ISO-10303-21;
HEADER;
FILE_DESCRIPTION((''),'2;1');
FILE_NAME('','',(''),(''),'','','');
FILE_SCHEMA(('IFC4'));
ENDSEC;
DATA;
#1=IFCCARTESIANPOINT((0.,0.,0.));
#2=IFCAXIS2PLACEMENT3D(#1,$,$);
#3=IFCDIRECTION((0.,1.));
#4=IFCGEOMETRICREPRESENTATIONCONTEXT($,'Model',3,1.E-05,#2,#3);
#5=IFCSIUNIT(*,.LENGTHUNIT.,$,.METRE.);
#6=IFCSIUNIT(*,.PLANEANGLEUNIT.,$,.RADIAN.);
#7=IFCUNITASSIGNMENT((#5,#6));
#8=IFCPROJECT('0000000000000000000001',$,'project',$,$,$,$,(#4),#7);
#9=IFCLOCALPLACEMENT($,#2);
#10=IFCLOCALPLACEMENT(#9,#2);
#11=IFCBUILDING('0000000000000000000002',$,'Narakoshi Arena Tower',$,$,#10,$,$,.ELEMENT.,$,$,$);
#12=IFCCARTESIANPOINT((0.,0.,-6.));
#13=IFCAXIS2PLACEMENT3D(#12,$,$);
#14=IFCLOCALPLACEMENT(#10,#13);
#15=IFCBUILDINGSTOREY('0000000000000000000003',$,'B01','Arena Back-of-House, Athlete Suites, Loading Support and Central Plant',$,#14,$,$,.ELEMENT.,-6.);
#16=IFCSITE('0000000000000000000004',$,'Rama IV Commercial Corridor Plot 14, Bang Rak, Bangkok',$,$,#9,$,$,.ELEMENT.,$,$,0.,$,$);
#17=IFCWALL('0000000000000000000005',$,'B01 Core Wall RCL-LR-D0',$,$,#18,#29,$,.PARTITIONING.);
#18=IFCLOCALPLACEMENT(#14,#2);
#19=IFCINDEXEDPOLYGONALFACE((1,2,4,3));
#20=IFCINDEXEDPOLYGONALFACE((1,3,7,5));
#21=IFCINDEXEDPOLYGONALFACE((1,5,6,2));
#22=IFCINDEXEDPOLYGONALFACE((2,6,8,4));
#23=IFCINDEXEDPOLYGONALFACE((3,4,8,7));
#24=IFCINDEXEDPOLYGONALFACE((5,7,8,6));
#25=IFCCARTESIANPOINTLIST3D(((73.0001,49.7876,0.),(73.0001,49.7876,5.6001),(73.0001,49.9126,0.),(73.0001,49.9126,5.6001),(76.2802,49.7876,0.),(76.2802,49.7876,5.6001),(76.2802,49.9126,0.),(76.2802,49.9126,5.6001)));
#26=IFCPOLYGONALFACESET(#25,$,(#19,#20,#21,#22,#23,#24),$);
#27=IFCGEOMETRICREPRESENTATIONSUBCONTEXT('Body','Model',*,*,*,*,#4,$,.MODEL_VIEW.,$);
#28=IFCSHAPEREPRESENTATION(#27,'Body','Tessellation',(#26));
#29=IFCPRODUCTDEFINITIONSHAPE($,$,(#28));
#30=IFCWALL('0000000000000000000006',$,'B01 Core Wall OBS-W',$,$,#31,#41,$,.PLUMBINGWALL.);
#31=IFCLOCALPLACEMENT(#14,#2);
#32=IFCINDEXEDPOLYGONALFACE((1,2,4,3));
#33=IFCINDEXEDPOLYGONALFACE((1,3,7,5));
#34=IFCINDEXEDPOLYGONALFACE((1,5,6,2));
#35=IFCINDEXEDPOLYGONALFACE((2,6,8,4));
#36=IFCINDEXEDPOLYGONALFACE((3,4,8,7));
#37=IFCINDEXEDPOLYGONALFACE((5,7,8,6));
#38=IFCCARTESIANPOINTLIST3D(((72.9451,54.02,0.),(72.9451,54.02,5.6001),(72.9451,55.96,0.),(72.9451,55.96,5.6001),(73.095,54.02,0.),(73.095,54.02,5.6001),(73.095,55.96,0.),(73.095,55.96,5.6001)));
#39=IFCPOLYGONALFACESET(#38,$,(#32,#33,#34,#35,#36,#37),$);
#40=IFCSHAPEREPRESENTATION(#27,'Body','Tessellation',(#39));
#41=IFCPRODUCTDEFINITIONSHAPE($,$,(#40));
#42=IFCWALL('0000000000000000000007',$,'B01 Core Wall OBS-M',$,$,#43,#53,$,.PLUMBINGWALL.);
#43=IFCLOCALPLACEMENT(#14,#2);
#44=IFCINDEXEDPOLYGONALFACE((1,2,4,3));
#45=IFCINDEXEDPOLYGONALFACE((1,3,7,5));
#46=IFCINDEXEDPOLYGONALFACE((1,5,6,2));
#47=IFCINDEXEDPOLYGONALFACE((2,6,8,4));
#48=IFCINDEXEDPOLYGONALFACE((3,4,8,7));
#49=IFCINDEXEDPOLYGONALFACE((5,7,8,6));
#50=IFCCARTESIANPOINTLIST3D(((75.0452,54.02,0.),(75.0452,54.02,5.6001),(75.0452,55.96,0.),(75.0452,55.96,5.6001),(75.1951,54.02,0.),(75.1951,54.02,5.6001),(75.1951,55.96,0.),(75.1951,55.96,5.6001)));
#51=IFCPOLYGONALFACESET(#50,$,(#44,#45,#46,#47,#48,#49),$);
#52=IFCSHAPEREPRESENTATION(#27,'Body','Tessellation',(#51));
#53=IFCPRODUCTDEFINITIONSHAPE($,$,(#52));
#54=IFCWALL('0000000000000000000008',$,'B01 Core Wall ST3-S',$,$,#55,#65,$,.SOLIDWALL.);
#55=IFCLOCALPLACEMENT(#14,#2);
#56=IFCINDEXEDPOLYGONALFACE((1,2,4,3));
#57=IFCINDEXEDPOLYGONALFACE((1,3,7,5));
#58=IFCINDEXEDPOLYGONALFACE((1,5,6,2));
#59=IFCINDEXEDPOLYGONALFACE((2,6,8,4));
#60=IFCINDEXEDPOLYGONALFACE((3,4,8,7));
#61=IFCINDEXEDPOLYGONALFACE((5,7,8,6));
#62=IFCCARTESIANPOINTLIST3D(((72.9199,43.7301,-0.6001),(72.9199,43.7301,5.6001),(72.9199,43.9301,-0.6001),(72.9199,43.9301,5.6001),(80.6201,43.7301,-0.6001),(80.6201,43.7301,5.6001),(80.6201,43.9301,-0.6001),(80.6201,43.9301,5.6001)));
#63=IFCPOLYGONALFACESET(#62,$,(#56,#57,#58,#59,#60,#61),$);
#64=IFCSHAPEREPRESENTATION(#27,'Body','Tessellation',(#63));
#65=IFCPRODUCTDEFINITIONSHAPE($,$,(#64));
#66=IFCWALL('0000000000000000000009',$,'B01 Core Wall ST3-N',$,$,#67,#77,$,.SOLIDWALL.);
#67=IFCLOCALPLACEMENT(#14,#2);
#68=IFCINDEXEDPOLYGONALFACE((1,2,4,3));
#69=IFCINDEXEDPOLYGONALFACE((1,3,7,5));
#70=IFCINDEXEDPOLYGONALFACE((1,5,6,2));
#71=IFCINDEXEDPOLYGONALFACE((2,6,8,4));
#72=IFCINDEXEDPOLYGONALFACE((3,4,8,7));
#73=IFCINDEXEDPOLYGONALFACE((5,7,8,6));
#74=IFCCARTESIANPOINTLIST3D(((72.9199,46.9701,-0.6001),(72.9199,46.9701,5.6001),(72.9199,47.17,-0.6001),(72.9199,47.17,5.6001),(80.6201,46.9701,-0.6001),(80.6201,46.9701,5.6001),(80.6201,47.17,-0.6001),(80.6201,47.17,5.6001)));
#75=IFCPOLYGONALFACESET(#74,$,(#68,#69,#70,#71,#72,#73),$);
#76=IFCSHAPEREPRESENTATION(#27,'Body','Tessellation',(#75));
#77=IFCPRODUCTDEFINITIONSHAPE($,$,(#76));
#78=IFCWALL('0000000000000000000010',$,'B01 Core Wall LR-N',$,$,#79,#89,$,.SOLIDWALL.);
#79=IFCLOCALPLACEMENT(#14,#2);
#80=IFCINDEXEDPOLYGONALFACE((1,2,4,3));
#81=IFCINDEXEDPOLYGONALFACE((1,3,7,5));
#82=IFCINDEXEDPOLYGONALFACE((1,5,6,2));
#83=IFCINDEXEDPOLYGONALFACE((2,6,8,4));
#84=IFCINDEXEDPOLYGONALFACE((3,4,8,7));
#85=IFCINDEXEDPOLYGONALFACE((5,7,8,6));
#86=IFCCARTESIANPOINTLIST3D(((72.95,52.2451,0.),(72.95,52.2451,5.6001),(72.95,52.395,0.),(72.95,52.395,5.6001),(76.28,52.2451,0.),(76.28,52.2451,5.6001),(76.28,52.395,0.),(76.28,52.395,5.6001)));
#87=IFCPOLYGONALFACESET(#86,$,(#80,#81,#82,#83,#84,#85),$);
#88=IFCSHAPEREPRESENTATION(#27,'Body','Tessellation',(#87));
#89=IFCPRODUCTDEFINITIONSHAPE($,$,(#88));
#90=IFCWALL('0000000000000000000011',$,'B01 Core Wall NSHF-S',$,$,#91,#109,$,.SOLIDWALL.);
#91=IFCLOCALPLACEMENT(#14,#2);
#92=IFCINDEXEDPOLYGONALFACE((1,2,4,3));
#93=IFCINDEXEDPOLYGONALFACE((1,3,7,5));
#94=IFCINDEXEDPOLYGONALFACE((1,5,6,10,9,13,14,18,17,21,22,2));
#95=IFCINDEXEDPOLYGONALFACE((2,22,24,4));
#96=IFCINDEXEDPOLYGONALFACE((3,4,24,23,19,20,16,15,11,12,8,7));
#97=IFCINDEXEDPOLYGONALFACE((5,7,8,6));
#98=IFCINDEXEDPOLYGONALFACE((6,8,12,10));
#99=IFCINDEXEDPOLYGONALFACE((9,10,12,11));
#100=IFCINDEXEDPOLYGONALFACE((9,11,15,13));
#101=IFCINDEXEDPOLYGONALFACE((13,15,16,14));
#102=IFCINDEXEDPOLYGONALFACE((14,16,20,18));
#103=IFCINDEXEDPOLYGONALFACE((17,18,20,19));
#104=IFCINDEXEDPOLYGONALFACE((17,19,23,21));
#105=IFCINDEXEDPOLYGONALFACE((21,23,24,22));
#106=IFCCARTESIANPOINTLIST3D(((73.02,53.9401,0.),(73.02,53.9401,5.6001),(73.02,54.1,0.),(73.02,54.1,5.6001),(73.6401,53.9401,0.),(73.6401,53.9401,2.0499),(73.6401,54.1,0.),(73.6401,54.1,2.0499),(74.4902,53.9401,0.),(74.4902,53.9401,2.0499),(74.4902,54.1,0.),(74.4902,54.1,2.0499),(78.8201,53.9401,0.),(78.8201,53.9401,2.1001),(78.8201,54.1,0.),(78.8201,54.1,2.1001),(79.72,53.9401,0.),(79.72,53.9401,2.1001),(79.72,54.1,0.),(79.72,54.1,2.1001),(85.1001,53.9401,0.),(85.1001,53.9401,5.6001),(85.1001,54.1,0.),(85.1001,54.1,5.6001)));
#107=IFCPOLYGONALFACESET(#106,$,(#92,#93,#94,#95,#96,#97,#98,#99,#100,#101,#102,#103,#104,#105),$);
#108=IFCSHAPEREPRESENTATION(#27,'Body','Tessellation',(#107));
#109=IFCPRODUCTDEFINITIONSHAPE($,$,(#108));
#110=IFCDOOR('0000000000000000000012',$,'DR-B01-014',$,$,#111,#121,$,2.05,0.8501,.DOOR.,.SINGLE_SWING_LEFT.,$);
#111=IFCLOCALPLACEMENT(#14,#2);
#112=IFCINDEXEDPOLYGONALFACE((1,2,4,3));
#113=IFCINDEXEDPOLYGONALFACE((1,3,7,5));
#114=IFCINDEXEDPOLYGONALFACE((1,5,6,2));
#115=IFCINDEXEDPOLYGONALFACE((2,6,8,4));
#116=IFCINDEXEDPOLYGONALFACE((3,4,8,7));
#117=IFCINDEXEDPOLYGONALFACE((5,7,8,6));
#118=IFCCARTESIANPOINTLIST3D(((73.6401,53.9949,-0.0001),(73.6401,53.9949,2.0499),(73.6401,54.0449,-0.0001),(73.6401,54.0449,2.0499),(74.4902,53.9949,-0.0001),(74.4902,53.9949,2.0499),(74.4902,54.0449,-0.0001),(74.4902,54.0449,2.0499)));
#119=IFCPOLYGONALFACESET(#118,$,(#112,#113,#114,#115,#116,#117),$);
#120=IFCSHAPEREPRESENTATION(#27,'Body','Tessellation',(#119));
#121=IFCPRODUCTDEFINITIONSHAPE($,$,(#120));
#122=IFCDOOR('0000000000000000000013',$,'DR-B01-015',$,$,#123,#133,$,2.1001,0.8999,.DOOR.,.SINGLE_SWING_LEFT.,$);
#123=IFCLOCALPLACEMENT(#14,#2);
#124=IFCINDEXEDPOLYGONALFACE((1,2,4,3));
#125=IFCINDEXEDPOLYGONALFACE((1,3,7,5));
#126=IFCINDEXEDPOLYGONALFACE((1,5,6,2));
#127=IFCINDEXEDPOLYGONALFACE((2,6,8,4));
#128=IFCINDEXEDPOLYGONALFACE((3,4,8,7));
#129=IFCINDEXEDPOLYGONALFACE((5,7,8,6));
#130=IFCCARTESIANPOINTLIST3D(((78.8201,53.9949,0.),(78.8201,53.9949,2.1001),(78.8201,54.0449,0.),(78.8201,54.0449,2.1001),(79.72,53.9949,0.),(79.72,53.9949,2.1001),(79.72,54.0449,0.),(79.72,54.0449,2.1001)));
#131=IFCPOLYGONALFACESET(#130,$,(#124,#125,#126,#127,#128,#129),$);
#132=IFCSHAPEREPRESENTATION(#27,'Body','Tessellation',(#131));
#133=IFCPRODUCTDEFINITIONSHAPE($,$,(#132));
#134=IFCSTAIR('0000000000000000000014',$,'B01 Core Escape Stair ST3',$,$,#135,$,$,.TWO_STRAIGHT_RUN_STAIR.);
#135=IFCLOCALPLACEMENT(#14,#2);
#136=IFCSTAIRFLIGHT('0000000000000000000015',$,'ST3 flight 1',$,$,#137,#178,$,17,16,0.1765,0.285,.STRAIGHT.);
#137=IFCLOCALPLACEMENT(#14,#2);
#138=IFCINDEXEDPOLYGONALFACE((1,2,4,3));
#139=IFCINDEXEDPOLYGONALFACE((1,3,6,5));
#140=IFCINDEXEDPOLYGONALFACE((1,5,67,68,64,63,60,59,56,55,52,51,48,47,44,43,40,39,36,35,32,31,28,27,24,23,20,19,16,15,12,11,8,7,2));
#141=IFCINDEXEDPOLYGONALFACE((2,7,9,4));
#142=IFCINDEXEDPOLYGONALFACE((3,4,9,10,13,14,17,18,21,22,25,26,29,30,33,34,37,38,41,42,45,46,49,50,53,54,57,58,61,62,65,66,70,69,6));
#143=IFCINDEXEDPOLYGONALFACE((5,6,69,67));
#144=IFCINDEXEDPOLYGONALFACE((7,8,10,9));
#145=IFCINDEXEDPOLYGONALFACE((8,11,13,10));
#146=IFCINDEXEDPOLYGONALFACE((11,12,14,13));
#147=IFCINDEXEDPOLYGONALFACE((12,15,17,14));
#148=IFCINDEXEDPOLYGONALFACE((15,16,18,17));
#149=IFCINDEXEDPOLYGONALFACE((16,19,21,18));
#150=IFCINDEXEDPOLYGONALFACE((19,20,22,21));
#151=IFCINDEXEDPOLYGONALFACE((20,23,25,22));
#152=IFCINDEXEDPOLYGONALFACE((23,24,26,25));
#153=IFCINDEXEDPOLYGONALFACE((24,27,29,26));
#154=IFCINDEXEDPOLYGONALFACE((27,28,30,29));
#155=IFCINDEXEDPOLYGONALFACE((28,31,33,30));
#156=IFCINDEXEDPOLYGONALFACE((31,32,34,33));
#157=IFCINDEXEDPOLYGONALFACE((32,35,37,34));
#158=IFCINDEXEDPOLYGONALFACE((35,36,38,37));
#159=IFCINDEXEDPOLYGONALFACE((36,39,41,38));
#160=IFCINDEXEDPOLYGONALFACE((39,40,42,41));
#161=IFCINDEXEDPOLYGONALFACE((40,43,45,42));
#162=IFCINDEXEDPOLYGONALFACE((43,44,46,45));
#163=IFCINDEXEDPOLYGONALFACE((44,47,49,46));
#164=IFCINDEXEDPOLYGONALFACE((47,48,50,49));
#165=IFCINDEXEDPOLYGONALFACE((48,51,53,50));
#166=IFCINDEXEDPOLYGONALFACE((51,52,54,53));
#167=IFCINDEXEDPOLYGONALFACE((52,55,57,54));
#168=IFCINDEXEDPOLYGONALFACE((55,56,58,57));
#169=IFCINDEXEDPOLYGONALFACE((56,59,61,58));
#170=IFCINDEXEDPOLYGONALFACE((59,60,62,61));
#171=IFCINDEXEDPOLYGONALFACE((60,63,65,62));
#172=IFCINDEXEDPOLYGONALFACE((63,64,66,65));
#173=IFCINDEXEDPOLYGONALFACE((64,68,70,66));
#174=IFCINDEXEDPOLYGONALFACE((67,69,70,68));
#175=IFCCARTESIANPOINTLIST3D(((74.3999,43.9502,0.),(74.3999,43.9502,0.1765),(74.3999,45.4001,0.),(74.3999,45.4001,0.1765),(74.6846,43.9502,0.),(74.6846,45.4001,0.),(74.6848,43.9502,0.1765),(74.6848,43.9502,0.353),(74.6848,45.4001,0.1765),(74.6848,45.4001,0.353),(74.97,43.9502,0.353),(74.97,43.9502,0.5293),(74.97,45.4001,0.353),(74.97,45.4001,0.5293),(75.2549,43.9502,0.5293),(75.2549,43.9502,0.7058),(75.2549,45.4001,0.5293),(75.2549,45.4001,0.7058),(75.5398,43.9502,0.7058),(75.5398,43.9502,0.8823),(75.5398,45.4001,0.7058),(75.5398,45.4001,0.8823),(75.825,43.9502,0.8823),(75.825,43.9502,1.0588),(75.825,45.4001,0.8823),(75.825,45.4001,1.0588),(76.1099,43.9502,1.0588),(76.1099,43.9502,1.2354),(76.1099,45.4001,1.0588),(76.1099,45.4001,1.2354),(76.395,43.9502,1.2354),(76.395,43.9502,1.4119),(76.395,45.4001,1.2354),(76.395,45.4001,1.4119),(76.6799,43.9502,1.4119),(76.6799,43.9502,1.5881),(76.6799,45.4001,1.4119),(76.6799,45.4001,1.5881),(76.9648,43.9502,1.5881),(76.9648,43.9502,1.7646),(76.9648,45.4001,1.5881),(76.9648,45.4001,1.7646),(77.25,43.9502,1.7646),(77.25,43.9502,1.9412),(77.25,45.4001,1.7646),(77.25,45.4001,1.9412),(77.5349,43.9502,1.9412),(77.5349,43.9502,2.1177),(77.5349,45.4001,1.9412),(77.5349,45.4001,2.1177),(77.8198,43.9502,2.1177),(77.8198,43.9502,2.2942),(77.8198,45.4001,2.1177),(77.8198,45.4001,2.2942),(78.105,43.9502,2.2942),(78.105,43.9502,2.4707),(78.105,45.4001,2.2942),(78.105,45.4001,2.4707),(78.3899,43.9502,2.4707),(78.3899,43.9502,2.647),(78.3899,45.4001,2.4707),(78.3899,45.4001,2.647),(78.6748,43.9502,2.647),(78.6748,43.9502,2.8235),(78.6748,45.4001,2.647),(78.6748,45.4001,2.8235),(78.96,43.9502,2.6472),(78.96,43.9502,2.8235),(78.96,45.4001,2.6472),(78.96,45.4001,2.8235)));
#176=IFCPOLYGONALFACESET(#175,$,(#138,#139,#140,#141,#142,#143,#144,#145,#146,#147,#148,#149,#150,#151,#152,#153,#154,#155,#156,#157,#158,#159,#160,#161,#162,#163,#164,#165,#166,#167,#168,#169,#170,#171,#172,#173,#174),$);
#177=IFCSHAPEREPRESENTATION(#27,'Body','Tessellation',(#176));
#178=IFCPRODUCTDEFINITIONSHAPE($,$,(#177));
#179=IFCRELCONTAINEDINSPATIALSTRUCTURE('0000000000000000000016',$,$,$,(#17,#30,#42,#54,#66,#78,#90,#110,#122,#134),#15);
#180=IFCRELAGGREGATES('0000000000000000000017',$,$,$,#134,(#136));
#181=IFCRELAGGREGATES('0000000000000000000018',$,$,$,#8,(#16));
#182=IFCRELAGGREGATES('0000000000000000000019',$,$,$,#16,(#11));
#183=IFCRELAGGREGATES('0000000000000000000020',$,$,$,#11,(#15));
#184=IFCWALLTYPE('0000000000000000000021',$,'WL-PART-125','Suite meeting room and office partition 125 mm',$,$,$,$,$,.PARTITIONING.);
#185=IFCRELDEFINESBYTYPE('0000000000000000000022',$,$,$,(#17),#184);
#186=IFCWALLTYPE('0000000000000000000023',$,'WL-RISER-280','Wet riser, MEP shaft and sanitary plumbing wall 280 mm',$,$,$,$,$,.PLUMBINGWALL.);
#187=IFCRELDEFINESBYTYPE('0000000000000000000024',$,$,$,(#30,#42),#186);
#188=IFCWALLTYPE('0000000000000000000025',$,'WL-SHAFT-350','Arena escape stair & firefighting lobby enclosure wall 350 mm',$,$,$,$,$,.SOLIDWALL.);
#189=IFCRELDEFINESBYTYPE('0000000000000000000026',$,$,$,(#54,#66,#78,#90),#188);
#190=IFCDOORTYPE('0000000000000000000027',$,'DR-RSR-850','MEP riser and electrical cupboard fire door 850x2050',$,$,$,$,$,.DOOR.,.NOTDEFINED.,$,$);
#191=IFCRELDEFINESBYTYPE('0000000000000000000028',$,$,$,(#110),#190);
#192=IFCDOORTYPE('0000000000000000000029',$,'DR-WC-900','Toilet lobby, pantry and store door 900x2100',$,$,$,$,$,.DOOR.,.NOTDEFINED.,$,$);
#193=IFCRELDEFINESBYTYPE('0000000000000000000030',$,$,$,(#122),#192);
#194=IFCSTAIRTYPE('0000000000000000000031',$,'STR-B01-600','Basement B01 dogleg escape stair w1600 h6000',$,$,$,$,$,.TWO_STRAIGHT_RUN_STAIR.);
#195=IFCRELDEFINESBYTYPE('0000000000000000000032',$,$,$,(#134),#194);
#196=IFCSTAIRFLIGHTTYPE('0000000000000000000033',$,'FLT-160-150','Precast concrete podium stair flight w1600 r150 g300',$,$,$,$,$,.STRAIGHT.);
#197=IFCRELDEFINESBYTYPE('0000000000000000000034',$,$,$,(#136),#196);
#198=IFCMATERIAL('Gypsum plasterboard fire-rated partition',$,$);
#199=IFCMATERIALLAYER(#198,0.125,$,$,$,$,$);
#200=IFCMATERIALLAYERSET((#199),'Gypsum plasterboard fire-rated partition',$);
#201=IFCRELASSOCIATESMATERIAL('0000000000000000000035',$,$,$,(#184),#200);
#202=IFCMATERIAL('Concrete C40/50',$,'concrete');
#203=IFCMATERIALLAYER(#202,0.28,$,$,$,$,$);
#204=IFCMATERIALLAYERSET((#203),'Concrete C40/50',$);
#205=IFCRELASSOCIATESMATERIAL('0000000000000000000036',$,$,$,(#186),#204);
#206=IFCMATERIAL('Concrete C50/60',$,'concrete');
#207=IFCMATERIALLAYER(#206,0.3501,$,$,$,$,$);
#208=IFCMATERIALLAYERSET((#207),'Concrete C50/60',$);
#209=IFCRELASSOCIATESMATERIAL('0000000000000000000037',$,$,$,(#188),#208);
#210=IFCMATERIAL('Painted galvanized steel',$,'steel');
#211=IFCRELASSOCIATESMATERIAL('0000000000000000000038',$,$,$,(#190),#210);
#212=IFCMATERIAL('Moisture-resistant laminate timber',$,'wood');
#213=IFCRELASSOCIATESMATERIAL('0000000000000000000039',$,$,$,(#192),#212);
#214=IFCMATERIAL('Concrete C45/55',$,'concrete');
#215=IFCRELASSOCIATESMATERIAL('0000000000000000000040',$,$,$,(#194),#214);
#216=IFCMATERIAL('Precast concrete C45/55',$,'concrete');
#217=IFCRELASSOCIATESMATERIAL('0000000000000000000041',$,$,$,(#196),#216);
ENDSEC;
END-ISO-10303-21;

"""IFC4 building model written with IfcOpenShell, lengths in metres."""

from ifc_helpers import new_model, si_unit, direction, frame, frame_2d, origin, place, context, subcontext, project, spatial, polyline, rectangle, outline, extrude, material, layer, layer_set, type_object, element, fill, aggregate, save


model = new_model("IFC4")

# Units and contexts
model_context = context("Model", 3, precision=1e-05, world=origin(), true_north=direction((0.0, 1.0)))
body_context = subcontext(model_context, "Body", "Model", "MODEL_VIEW")
ifc_project = project(units=[si_unit("LENGTHUNIT", "METRE"), si_unit("PLANEANGLEUNIT", "RADIAN")], contexts=[model_context])

# Site, building, storey
site_placement = place(None, origin())
site = spatial("IfcSite", under=ifc_project, at=site_placement, Name="Rama IV Commercial Corridor Plot 14, Bang Rak, Bangkok", CompositionType="ELEMENT", RefElevation=0.0)
building_placement = place(site_placement, origin())
building = spatial("IfcBuilding", under=site, at=building_placement, Name="Narakoshi Arena Tower", CompositionType="ELEMENT")
storey_placement = place(building_placement, frame((0.0, 0.0, -6.0)))
storey = spatial("IfcBuildingStorey", under=building, at=storey_placement, Name="B01", Description="Arena Back-of-House, Athlete Suites, Loading Support and Central Plant", CompositionType="ELEMENT", Elevation=-6.0)

# Shared definitions
ifc_material_1 = material(Name="Concrete C45/55", Category="concrete")

# Walls
ifc_material_2 = material(Name="Gypsum plasterboard fire-rated partition")
ifc_layer_1 = layer(ifc_material_2, 0.125)
ifc_layer_set_1 = layer_set([ifc_layer_1], Name="Gypsum plasterboard fire-rated partition")
wall_type_1 = type_object("IfcWallType", Name="WL-PART-125", Description="Suite meeting room and office partition 125 mm", PredefinedType="PARTITIONING", material=ifc_layer_set_1)
wall_1_placement = place(storey_placement, frame((73.0, 49.8501, 0.0), z_axis=(0.0, 0.0, 1.0), x_axis=(1.0, 0.0, 0.0)))
element("IfcWall", 1, at=wall_1_placement, inside=storey, type_object=wall_type_1, Name="B01 Core Wall RCL-LR-D0", PredefinedType="PARTITIONING", context=body_context, shape_type="SweptSolid", body=[
    extrude(rectangle(XDim=3.28, YDim=0.125, at=frame_2d((1.6401, 0.0))), origin(), (0.0, 0.0, 1.0), 5.6001),
])
ifc_material_3 = material(Name="Concrete C40/50", Category="concrete")
ifc_layer_2 = layer(ifc_material_3, 0.28)
ifc_layer_set_2 = layer_set([ifc_layer_2], Name="Concrete C40/50")
wall_type_2 = type_object("IfcWallType", Name="WL-RISER-280", Description="Wet riser, MEP shaft and sanitary plumbing wall 280 mm", PredefinedType="PLUMBINGWALL", material=ifc_layer_set_2)
for number, where, z_axis, x_axis, name in (
    (2, (73.02, 54.02, 0.0), (0.0, 0.0, 1.0), (0.0, 1.0, 0.0), "B01 Core Wall OBS-W"),
    (3, (75.1201, 54.02, 0.0), (0.0, 0.0, 1.0), (0.0, 1.0, 0.0), "B01 Core Wall OBS-M"),
):
    element("IfcWall", number, at=place(storey_placement, frame(where, z_axis=z_axis, x_axis=x_axis)), inside=storey, type_object=wall_type_2, Name=name, PredefinedType="PLUMBINGWALL", context=body_context, shape_type="SweptSolid", body=[
        extrude(rectangle(XDim=1.9399, YDim=0.1499, at=frame_2d((0.97, 0.0))), origin(), (0.0, 0.0, 1.0), 5.6001),
    ])
ifc_material_4 = material(Name="Concrete C50/60", Category="concrete")
ifc_layer_3 = layer(ifc_material_4, 0.3501)
ifc_layer_set_3 = layer_set([ifc_layer_3], Name="Concrete C50/60")
wall_type_3 = type_object("IfcWallType", Name="WL-SHAFT-350", Description="Arena escape stair & firefighting lobby enclosure wall 350 mm", PredefinedType="SOLIDWALL", material=ifc_layer_set_3)
for number, where, z_axis, x_axis, name in (
    (4, (72.9199, 43.8301, -0.6001), (0.0, 0.0, 1.0), (1.0, 0.0, 0.0), "B01 Core Wall ST3-S"),
    (5, (72.9199, 47.0701, -0.6001), (0.0, 0.0, 1.0), (1.0, 0.0, 0.0), "B01 Core Wall ST3-N"),
):
    element("IfcWall", number, at=place(storey_placement, frame(where, z_axis=z_axis, x_axis=x_axis)), inside=storey, type_object=wall_type_3, Name=name, PredefinedType="SOLIDWALL", context=body_context, shape_type="SweptSolid", body=[
        extrude(rectangle(XDim=7.7002, YDim=0.2, at=frame_2d((3.8501, 0.0))), origin(), (0.0, 0.0, 1.0), 6.2002),
    ])
wall_2_placement = place(storey_placement, frame((72.95, 52.3201, 0.0), z_axis=(0.0, 0.0, 1.0), x_axis=(1.0, 0.0, 0.0)))
element("IfcWall", 6, at=wall_2_placement, inside=storey, type_object=wall_type_3, Name="B01 Core Wall LR-N", PredefinedType="SOLIDWALL", context=body_context, shape_type="SweptSolid", body=[
    extrude(rectangle(XDim=3.3301, YDim=0.1499, at=frame_2d((1.665, 0.0))), origin(), (0.0, 0.0, 1.0), 5.6001),
])

# Wall, openings, doors
wall_3_placement = place(storey_placement, frame((73.02, 54.02, 0.0), z_axis=(0.0, 0.0, 1.0), x_axis=(1.0, 0.0, 0.0)))
wall_3 = element("IfcWall", 7, at=wall_3_placement, inside=storey, type_object=wall_type_3, Name="B01 Core Wall NSHF-S", PredefinedType="SOLIDWALL", context=body_context, shape_type="SweptSolid", body=[
    extrude(rectangle(XDim=12.0801, YDim=0.1599, at=frame_2d((6.04, 0.0))), origin(), (0.0, 0.0, 1.0), 5.6001),
])
opening_1_placement = place(wall_3_placement, frame((0.6201, 0.0, 0.0)))
opening_1 = element("IfcOpeningElement", 8, at=opening_1_placement, cuts=wall_3, PredefinedType="OPENING", context=body_context, shape_type="SweptSolid", body=[
    extrude(rectangle(XDim=0.8501, YDim=2.05, at=frame_2d((0.425, 1.0249))), frame((0.0, 0.0898, 0.0), z_axis=(0.0, -1.0, 0.0), x_axis=(1.0, 0.0, 0.0)), (0.0, 0.0, 1.0), 0.1799),
])
opening_2_placement = place(wall_3_placement, frame((5.8, 0.0, 0.0)))
opening_2 = element("IfcOpeningElement", 9, at=opening_2_placement, cuts=wall_3, PredefinedType="OPENING", context=body_context, shape_type="SweptSolid", body=[
    extrude(rectangle(XDim=0.8999, YDim=2.1001, at=frame_2d((0.45, 1.05))), frame((0.0, 0.0898, 0.0), z_axis=(0.0, -1.0, 0.0), x_axis=(1.0, 0.0, 0.0)), (0.0, 0.0, 1.0), 0.1799),
])
ifc_material_5 = material(Name="Painted galvanized steel", Category="steel")
door_type_1 = type_object("IfcDoorType", Name="DR-RSR-850", Description="MEP riser and electrical cupboard fire door 850x2050", OperationType="NOTDEFINED", PredefinedType="DOOR", material=ifc_material_5)
door_1_placement = place(opening_1_placement, origin())
door_1 = element("IfcDoor", 10, at=door_1_placement, inside=storey, type_object=door_type_1, Name="DR-B01-014", OperationType="SINGLE_SWING_LEFT", OverallHeight=2.05, OverallWidth=0.8501, PredefinedType="DOOR", context=body_context, shape_type="SweptSolid", body=[
    extrude(rectangle(XDim=0.8501, YDim=2.05, at=frame_2d((0.425, 1.0249))), frame((0.0, 0.0249, 0.0), z_axis=(0.0, -1.0, 0.0), x_axis=(1.0, 0.0, 0.0)), (0.0, 0.0, 1.0), 0.05),
])
fill(opening_1, door_1)
ifc_material_6 = material(Name="Moisture-resistant laminate timber", Category="wood")
door_type_2 = type_object("IfcDoorType", Name="DR-WC-900", Description="Toilet lobby, pantry and store door 900x2100", OperationType="NOTDEFINED", PredefinedType="DOOR", material=ifc_material_6)
door_2_placement = place(opening_2_placement, origin())
door_2 = element("IfcDoor", 11, at=door_2_placement, inside=storey, type_object=door_type_2, Name="DR-B01-015", OperationType="SINGLE_SWING_LEFT", OverallHeight=2.1001, OverallWidth=0.8999, PredefinedType="DOOR", context=body_context, shape_type="SweptSolid", body=[
    extrude(rectangle(XDim=0.8999, YDim=2.1001, at=frame_2d((0.45, 1.05))), frame((0.0, 0.0249, 0.0), z_axis=(0.0, -1.0, 0.0), x_axis=(1.0, 0.0, 0.0)), (0.0, 0.0, 1.0), 0.05),
])
fill(opening_2, door_2)

# Stair, stair flight
stair_type = type_object("IfcStairType", Name="STR-B01-600", Description="Basement B01 dogleg escape stair w1600 h6000", PredefinedType="TWO_STRAIGHT_RUN_STAIR", material=ifc_material_1)
stair_placement = place(storey_placement, origin())
stair = element("IfcStair", 12, at=stair_placement, inside=storey, type_object=stair_type, Name="B01 Core Escape Stair ST3", PredefinedType="TWO_STRAIGHT_RUN_STAIR")
ifc_material_7 = material(Name="Precast concrete C45/55", Category="concrete")
stair_flight_type = type_object("IfcStairFlightType", Name="FLT-160-150", Description="Precast concrete podium stair flight w1600 r150 g300", PredefinedType="STRAIGHT", material=ifc_material_7)
stair_flight_placement = place(storey_placement, frame((74.3999, 44.675, 0.0), z_axis=(0.0, 0.0, 1.0), x_axis=(1.0, 0.0, 0.0)))
stair_flight = element("IfcStairFlight", 13, at=stair_flight_placement, type_object=stair_flight_type, Name="ST3 flight 1", NumberOfRisers=17, NumberOfTreads=16, PredefinedType="STRAIGHT", RiserHeight=0.1765, TreadLength=0.285, context=body_context, shape_type="SweptSolid", body=[
    extrude(outline(polyline([(0.0, 0.0), (0.0, 0.1765), (0.2849, 0.1765), (0.2849, 0.353), (0.5701, 0.353), (0.5701, 0.5293), (0.855, 0.5293), (0.855, 0.7058), (1.1399, 0.7058), (1.1399, 0.8823), (1.425, 0.8823), (1.425, 1.0588), (1.71, 1.0588), (1.71, 1.2354), (1.9951, 1.2354), (1.9951, 1.4119), (2.28, 1.4119), (2.28, 1.5881), (2.5649, 1.5881), (2.5649, 1.7646), (2.8501, 1.7646), (2.8501, 1.9412), (3.135, 1.9412), (3.135, 2.1177), (3.4199, 2.1177), (3.4199, 2.2942), (3.7051, 2.2942), (3.7051, 2.4707), (3.99, 2.4707), (3.99, 2.647), (4.2749, 2.647), (4.2749, 2.8235), (4.5601, 2.8235), (4.5601, 3.0), (4.5601, 2.6472), (0.2847, 0.0), (0.0, 0.0)])), frame((0.0, 0.7251, 0.0), z_axis=(0.0, -1.0, 0.0), x_axis=(1.0, 0.0, 0.0)), (0.0, 0.0, 1.0), 1.45),
])
aggregate(stair, [stair_flight])

save(model, "model.ifc")
